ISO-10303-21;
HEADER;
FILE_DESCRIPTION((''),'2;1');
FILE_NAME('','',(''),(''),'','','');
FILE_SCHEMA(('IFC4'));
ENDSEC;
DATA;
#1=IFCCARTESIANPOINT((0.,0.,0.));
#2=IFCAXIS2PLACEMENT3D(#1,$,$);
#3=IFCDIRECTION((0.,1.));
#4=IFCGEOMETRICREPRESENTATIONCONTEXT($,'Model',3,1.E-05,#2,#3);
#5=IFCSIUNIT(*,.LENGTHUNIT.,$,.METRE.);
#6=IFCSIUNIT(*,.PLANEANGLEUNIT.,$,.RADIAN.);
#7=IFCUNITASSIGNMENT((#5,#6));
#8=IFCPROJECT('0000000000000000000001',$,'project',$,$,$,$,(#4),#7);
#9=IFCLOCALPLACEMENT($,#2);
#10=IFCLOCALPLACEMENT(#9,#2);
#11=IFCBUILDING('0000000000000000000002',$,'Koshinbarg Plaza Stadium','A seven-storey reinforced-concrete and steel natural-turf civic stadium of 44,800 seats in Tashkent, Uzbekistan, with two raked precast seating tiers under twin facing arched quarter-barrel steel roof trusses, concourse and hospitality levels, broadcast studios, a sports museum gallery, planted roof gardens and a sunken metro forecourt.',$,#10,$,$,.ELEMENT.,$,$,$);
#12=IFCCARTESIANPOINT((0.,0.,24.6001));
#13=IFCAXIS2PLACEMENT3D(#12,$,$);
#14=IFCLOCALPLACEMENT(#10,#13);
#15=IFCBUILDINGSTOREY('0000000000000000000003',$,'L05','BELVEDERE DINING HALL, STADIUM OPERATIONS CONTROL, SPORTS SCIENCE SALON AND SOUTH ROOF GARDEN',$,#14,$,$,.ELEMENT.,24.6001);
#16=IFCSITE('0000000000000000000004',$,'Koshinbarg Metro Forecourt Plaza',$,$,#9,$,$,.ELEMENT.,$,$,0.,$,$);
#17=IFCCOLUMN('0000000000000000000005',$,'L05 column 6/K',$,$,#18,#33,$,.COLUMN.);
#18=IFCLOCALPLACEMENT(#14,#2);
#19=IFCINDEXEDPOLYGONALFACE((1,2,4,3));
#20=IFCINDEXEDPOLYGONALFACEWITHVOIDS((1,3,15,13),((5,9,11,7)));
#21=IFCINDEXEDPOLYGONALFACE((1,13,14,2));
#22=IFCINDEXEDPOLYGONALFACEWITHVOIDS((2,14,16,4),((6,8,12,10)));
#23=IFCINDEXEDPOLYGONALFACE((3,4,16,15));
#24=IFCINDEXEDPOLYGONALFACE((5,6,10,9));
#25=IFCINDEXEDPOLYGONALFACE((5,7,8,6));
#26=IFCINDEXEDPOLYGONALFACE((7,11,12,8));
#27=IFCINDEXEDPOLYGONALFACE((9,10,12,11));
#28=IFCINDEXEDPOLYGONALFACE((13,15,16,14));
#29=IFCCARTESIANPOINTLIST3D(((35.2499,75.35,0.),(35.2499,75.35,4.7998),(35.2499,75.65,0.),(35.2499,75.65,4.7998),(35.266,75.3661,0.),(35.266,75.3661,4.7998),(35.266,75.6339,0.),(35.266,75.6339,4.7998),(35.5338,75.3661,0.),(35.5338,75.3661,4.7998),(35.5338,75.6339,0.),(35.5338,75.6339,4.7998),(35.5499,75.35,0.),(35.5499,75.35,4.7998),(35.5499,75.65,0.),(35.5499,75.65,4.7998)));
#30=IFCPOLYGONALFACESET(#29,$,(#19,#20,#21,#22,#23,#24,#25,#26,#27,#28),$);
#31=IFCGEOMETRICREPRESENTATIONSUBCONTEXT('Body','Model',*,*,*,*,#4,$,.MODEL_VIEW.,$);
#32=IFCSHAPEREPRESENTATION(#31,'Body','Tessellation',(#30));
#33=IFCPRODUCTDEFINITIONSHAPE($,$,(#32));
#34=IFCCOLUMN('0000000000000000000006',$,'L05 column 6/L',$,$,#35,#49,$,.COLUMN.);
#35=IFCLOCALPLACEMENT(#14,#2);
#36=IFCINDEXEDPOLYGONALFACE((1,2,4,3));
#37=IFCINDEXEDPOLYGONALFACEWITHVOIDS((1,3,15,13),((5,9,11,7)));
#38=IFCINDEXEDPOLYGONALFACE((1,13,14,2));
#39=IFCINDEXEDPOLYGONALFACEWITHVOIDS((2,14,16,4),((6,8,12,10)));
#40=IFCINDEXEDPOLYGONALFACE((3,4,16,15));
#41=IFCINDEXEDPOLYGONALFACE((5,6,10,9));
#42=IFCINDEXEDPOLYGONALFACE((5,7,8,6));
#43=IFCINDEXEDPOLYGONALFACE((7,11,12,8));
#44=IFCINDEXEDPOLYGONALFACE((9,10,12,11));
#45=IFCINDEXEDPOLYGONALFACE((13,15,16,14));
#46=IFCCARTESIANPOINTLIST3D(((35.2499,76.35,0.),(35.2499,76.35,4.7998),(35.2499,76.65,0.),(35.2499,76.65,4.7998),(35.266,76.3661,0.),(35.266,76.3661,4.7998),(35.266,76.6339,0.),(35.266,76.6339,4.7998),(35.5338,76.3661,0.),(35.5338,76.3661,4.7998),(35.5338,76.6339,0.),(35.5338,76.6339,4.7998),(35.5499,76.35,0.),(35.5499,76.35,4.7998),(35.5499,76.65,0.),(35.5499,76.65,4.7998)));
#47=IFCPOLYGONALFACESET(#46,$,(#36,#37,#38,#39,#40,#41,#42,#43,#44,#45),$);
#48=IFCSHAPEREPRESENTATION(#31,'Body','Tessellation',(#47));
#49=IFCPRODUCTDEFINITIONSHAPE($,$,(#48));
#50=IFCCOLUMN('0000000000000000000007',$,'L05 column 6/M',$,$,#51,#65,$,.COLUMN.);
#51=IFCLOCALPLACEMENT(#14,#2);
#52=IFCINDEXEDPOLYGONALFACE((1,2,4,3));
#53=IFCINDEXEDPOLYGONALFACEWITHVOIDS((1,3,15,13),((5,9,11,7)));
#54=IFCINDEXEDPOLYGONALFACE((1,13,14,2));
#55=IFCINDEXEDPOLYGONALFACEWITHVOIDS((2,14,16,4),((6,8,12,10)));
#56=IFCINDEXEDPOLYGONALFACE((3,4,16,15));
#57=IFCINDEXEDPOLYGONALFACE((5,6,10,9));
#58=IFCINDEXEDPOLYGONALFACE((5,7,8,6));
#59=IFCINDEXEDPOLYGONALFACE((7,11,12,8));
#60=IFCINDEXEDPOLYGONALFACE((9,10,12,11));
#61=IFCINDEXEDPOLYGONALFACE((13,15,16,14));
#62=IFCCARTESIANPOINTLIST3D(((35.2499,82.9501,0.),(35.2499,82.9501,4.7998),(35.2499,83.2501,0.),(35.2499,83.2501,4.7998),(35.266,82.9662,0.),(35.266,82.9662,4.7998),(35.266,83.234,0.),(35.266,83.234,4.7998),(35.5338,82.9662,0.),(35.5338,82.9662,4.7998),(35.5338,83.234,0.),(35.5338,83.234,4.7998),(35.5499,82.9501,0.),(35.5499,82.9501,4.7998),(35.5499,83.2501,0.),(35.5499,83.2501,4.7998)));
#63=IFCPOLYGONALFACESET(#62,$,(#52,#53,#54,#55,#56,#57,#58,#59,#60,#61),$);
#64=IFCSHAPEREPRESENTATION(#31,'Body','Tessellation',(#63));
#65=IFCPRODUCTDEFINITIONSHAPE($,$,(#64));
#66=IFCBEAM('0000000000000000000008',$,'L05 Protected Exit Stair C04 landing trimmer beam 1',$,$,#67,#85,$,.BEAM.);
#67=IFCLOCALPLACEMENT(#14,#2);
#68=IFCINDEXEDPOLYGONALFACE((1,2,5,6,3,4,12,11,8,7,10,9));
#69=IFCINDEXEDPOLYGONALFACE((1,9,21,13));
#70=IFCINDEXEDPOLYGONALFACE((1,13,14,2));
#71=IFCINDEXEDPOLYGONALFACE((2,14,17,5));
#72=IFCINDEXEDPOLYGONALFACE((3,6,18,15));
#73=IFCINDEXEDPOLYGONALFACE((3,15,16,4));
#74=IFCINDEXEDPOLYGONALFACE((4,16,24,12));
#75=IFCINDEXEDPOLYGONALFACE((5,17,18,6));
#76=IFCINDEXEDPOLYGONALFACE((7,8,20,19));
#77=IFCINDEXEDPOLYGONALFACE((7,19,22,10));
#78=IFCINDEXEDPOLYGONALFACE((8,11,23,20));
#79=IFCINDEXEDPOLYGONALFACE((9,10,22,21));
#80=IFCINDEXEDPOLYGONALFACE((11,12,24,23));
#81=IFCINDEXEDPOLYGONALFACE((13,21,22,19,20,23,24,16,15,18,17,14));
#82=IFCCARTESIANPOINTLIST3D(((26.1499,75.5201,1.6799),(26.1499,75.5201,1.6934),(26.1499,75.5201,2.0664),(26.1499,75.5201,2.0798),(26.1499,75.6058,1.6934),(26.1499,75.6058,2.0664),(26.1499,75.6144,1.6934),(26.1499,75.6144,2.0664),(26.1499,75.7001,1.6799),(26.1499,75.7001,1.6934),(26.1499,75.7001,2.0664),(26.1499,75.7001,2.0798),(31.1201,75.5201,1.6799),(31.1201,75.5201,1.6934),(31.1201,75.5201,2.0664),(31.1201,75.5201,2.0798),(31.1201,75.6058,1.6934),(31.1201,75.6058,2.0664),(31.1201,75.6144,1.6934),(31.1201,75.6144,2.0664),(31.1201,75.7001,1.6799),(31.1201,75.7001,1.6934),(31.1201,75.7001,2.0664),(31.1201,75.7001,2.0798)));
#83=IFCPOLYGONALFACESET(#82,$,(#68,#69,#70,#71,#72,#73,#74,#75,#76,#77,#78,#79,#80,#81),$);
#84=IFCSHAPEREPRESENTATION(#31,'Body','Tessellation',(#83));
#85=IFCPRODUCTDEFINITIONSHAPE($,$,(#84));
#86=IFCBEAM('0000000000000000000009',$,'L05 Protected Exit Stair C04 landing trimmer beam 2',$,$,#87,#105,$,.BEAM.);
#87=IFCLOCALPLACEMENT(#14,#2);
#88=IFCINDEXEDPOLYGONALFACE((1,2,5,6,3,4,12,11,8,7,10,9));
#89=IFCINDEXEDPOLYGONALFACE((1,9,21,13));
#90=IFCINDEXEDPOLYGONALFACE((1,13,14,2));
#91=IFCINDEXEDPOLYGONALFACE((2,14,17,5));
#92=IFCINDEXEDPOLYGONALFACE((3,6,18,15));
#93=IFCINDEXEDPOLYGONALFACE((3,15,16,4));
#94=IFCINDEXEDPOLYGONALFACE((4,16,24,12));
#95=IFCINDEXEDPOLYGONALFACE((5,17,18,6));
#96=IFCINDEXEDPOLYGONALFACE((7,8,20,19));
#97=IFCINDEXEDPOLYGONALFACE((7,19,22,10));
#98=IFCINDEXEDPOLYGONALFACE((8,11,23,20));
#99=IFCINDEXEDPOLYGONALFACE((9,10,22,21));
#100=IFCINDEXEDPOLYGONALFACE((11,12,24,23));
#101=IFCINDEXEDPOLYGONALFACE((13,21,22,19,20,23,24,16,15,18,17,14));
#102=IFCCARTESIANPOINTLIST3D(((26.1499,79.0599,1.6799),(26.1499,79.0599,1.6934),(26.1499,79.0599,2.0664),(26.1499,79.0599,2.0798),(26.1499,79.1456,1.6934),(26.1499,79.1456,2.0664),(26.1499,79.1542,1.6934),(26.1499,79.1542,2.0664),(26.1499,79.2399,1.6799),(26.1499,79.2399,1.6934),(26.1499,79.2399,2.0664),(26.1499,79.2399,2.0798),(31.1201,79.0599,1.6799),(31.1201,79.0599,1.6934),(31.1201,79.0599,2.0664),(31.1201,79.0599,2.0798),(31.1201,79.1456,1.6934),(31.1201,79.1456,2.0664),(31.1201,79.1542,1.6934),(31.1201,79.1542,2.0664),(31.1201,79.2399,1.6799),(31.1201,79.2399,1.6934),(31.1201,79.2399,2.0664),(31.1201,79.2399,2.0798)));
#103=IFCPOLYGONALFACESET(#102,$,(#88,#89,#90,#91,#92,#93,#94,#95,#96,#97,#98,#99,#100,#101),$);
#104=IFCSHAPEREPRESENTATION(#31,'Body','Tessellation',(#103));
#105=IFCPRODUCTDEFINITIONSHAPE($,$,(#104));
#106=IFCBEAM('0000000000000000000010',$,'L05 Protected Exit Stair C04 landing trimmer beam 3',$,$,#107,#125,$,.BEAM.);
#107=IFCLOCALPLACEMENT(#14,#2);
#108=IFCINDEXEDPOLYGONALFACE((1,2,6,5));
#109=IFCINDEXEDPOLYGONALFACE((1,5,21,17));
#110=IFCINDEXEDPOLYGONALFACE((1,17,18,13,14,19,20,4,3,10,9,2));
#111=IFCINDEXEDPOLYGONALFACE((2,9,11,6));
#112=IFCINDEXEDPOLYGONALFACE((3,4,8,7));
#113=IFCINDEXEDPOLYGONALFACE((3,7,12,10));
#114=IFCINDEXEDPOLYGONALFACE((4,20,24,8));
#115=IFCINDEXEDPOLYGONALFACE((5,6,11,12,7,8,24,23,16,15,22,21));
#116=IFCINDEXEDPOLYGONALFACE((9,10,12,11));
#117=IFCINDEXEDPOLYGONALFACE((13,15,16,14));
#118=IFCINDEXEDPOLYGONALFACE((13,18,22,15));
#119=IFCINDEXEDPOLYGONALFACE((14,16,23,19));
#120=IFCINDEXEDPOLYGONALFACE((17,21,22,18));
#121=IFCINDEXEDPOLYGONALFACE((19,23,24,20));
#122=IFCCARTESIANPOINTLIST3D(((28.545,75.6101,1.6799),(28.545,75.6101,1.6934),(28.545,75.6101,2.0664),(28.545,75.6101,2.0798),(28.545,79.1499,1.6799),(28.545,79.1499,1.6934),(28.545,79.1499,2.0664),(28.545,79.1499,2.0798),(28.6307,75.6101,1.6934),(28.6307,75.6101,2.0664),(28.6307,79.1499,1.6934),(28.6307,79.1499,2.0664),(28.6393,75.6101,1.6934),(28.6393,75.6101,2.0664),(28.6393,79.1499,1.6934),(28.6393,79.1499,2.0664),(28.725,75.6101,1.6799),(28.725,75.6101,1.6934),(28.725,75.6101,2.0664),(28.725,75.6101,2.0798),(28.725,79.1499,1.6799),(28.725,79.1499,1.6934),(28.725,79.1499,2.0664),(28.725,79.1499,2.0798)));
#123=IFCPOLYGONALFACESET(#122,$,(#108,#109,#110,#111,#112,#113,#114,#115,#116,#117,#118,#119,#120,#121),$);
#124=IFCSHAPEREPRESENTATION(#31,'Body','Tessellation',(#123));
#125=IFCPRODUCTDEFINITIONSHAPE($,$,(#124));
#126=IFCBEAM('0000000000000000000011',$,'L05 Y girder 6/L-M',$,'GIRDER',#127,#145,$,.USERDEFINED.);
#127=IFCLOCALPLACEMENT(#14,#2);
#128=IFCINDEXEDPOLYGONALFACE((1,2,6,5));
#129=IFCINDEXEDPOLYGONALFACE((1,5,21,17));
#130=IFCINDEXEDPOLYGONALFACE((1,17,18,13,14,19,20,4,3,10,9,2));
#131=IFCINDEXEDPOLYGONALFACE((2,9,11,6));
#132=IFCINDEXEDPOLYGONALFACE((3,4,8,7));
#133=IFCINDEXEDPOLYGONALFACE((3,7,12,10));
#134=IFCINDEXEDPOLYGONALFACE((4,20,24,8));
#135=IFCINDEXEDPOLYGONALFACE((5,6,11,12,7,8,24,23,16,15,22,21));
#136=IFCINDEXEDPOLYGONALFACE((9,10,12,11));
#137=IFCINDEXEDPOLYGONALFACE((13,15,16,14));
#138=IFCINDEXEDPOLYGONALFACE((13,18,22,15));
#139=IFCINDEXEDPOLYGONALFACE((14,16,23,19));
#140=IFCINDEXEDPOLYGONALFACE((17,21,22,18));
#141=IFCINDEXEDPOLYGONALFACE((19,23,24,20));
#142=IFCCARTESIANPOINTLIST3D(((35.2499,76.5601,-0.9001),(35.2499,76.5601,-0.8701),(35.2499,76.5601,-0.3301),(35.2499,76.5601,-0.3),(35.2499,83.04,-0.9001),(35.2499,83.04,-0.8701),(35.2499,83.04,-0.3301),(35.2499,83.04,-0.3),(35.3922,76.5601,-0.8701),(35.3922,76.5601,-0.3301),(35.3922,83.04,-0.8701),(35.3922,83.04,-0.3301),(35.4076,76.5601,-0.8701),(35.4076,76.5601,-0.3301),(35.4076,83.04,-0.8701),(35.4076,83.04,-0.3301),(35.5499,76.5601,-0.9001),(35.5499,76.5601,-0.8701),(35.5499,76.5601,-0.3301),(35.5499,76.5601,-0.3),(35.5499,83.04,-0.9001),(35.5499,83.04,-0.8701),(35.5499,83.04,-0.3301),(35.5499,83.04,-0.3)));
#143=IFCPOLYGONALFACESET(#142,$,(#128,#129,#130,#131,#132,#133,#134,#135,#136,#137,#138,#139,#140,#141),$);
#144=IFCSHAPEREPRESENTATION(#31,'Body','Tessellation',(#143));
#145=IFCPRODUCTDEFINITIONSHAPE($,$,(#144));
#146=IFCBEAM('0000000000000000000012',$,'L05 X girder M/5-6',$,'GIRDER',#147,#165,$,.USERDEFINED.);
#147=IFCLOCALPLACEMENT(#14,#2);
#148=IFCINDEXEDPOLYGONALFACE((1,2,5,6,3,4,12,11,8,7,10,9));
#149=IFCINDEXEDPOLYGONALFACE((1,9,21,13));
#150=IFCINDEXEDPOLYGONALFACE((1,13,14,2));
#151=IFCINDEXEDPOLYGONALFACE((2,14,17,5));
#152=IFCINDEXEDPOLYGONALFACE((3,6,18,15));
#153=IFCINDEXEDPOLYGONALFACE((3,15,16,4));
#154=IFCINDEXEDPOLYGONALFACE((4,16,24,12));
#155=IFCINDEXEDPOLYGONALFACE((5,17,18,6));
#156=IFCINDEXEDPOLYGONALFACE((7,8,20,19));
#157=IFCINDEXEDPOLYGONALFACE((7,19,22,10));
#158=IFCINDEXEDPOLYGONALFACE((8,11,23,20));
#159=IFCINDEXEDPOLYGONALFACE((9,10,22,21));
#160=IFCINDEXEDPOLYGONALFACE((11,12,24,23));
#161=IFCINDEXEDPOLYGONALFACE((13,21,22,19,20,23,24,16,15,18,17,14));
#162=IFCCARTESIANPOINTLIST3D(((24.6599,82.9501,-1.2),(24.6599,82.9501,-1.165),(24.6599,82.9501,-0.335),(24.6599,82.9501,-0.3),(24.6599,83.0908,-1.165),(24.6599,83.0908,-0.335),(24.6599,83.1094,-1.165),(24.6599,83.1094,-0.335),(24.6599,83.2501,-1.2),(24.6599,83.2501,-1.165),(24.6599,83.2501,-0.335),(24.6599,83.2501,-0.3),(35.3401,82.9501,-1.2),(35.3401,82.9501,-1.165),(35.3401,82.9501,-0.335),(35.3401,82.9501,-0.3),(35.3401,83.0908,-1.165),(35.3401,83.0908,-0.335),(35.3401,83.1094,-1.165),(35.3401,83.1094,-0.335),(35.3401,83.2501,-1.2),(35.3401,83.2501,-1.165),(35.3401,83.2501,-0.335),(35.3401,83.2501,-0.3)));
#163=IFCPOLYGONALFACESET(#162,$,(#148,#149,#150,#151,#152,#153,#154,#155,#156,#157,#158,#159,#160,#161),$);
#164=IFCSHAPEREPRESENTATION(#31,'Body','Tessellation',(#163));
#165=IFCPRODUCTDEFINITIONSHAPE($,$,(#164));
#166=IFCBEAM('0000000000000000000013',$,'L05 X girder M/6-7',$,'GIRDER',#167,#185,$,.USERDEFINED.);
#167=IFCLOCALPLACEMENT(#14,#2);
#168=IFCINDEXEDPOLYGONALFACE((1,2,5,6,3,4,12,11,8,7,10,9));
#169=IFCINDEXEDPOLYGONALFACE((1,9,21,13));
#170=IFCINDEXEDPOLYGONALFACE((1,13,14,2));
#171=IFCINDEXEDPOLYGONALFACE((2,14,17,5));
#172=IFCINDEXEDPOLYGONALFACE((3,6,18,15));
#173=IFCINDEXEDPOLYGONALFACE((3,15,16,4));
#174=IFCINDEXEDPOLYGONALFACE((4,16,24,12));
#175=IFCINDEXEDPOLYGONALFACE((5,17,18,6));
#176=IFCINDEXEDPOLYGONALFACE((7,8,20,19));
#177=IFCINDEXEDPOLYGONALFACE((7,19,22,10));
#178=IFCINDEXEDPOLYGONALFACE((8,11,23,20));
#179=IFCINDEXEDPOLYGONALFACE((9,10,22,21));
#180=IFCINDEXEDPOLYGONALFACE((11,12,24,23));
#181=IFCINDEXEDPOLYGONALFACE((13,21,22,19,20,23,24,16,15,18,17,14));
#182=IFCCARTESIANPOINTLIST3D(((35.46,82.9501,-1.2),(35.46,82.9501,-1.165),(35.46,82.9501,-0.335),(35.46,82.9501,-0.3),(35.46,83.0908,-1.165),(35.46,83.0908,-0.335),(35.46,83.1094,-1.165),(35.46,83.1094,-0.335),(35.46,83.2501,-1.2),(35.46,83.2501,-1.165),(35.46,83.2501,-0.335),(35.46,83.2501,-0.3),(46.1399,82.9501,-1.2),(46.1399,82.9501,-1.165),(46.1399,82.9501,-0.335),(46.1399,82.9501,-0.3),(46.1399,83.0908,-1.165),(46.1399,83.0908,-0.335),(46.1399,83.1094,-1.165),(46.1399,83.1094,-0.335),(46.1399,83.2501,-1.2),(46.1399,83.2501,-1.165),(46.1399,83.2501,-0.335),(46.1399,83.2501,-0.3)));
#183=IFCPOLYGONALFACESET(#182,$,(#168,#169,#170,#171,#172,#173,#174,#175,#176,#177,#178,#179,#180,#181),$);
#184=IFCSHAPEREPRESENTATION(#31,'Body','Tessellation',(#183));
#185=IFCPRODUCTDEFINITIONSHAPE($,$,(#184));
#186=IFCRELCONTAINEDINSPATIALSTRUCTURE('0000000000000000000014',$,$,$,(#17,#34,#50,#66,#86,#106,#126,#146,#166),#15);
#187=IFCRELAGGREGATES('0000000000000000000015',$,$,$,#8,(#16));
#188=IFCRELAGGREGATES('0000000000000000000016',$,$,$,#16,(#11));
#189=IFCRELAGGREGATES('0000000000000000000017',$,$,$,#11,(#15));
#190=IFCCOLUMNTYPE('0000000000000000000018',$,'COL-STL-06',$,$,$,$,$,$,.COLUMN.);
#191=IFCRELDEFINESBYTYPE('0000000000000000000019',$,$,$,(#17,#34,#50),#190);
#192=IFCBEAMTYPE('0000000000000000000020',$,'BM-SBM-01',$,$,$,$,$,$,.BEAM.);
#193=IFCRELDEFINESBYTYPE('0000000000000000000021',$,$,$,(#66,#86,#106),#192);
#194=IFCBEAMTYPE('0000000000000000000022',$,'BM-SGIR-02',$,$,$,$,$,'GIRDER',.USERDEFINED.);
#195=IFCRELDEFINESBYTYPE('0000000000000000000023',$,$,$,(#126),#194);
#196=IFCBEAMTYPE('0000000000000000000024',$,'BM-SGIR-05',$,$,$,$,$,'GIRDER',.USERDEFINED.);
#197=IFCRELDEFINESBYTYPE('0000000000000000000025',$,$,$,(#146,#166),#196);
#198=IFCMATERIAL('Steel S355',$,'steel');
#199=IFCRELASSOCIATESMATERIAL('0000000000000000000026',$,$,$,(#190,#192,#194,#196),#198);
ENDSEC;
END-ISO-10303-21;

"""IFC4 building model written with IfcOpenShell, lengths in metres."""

from ifc_helpers import new_model, si_unit, direction, frame, origin, origin_2d, place, context, subcontext, project, spatial, hollow_rectangle, i_section, extrude, material, material_profile, profile_set, type_object, element, save


model = new_model("IFC4")

# Units and contexts
model_context = context("Model", 3, precision=1e-05, world=origin(), true_north=direction((0.0, 1.0)))
body_context = subcontext(model_context, "Body", "Model", "MODEL_VIEW")
ifc_project = project(units=[si_unit("LENGTHUNIT", "METRE"), si_unit("PLANEANGLEUNIT", "RADIAN")], contexts=[model_context])

# Site, building, storey
site_placement = place(None, origin())
site = spatial("IfcSite", under=ifc_project, at=site_placement, Name="Koshinbarg Metro Forecourt Plaza", CompositionType="ELEMENT", RefElevation=0.0)
building_placement = place(site_placement, origin())
building = spatial("IfcBuilding", under=site, at=building_placement, Name="Koshinbarg Plaza Stadium", Description="A seven-storey reinforced-concrete and steel natural-turf civic stadium of 44,800 seats in Tashkent, Uzbekistan, with two raked precast seating tiers under twin facing arched quarter-barrel steel roof trusses, concourse and hospitality levels, broadcast studios, a sports museum gallery, planted roof gardens and a sunken metro forecourt.", CompositionType="ELEMENT")
storey_placement = place(building_placement, frame((0.0, 0.0, 24.6001)))
storey = spatial("IfcBuildingStorey", under=building, at=storey_placement, Name="L05", Description="BELVEDERE DINING HALL, STADIUM OPERATIONS CONTROL, SPORTS SCIENCE SALON AND SOUTH ROOF GARDEN", CompositionType="ELEMENT", Elevation=24.6001)

# Columns
ifc_material_1 = material(Name="Steel S355", Category="steel")
ifc_material_profile_1 = material_profile(ifc_material_1, hollow_rectangle(XDim=0.3, YDim=0.3, WallThickness=0.0161, at=origin_2d()), Name="SHS 300x300x16")
ifc_profile_set_1 = profile_set([ifc_material_profile_1], Name="Steel S355")
column_type = type_object("IfcColumnType", Name="COL-STL-06", PredefinedType="COLUMN", material=ifc_profile_set_1)
for number, where, z_axis, x_axis, name in (
    (1, (35.3999, 75.5, 0.0), (0.0, 0.0, 1.0), (1.0, 0.0, 0.0), "L05 column 6/K"),
    (2, (35.3999, 76.5, 0.0), (0.0, 0.0, 1.0), (1.0, 0.0, 0.0), "L05 column 6/L"),
    (3, (35.3999, 83.1001, 0.0), (0.0, 0.0, 1.0), (1.0, 0.0, 0.0), "L05 column 6/M"),
):
    element("IfcColumn", number, at=place(storey_placement, frame(where, z_axis=z_axis, x_axis=x_axis)), inside=storey, type_object=column_type, Name=name, PredefinedType="COLUMN", context=body_context, shape_type="SweptSolid", body=[
        extrude(hollow_rectangle(XDim=0.3, YDim=0.3, WallThickness=0.0161, at=origin_2d()), origin(), (0.0, 0.0, 1.0), 4.7998),
    ])

# Beams
ifc_material_profile_2 = material_profile(ifc_material_1, i_section(OverallWidth=0.1799, OverallDepth=0.3999, WebThickness=0.0085, FlangeThickness=0.0134, at=origin_2d()), Name="IPE 400")
ifc_profile_set_2 = profile_set([ifc_material_profile_2], Name="Steel S355")
beam_type_1 = type_object("IfcBeamType", Name="BM-SBM-01", PredefinedType="BEAM", material=ifc_profile_set_2)
for number, where, z_axis, x_axis, name in (
    (4, (26.1499, 75.6101, 1.8799), (1.0, 0.0, 0.0), (0.0, 1.0, 0.0), "L05 Protected Exit Stair C04 landing trimmer beam 1"),
    (5, (26.1499, 79.1499, 1.8799), (1.0, 0.0, 0.0), (0.0, 1.0, 0.0), "L05 Protected Exit Stair C04 landing trimmer beam 2"),
):
    element("IfcBeam", number, at=place(storey_placement, frame(where, z_axis=z_axis, x_axis=x_axis)), inside=storey, type_object=beam_type_1, Name=name, PredefinedType="BEAM", context=body_context, shape_type="SweptSolid", body=[
        extrude(i_section(OverallWidth=0.1799, OverallDepth=0.3999, WebThickness=0.0085, FlangeThickness=0.0134, at=origin_2d()), origin(), (0.0, 0.0, 1.0), 4.9702),
    ])
beam_1_placement = place(storey_placement, frame((28.635, 75.6101, 1.8799), z_axis=(0.0, 1.0, 0.0), x_axis=(-1.0, 0.0, 0.0)))
element("IfcBeam", 6, at=beam_1_placement, inside=storey, type_object=beam_type_1, Name="L05 Protected Exit Stair C04 landing trimmer beam 3", PredefinedType="BEAM", context=body_context, shape_type="SweptSolid", body=[
    extrude(i_section(OverallWidth=0.1799, OverallDepth=0.3999, WebThickness=0.0085, FlangeThickness=0.0134, at=origin_2d()), origin(), (0.0, 0.0, 1.0), 3.5398),
])
ifc_material_profile_3 = material_profile(ifc_material_1, i_section(OverallWidth=0.3, OverallDepth=0.6001, WebThickness=0.0154, FlangeThickness=0.03, at=origin_2d()), Name="HEB 600")
ifc_profile_set_3 = profile_set([ifc_material_profile_3], Name="Steel S355")
beam_type_2 = type_object("IfcBeamType", Name="BM-SGIR-02", ElementType="GIRDER", PredefinedType="USERDEFINED", material=ifc_profile_set_3)
beam_2_placement = place(storey_placement, frame((35.3999, 76.5601, -0.6001), z_axis=(0.0, 1.0, 0.0), x_axis=(-1.0, 0.0, 0.0)))
element("IfcBeam", 7, at=beam_2_placement, inside=storey, type_object=beam_type_2, Name="L05 Y girder 6/L-M", ObjectType="GIRDER", PredefinedType="USERDEFINED", context=body_context, shape_type="SweptSolid", body=[
    extrude(i_section(OverallWidth=0.3, OverallDepth=0.6001, WebThickness=0.0154, FlangeThickness=0.03, at=origin_2d()), origin(), (0.0, 0.0, 1.0), 6.48),
])
ifc_material_profile_4 = material_profile(ifc_material_1, i_section(OverallWidth=0.3, OverallDepth=0.8999, WebThickness=0.0186, FlangeThickness=0.0349, at=origin_2d()), Name="HEB 900")
ifc_profile_set_4 = profile_set([ifc_material_profile_4], Name="Steel S355")
beam_type_3 = type_object("IfcBeamType", Name="BM-SGIR-05", ElementType="GIRDER", PredefinedType="USERDEFINED", material=ifc_profile_set_4)
beam_3_placement = place(storey_placement, frame((24.6599, 83.1001, -0.75), z_axis=(1.0, 0.0, 0.0), x_axis=(0.0, 1.0, 0.0)))
element("IfcBeam", 8, at=beam_3_placement, inside=storey, type_object=beam_type_3, Name="L05 X girder M/5-6", ObjectType="GIRDER", PredefinedType="USERDEFINED", context=body_context, shape_type="SweptSolid", body=[
    extrude(i_section(OverallWidth=0.3, OverallDepth=0.8999, WebThickness=0.0186, FlangeThickness=0.0349, at=origin_2d()), origin(), (0.0, 0.0, 1.0), 10.6802),
])
beam_4_placement = place(storey_placement, frame((35.46, 83.1001, -0.75), z_axis=(1.0, 0.0, 0.0), x_axis=(0.0, 1.0, 0.0)))
element("IfcBeam", 9, at=beam_4_placement, inside=storey, type_object=beam_type_3, Name="L05 X girder M/6-7", ObjectType="GIRDER", PredefinedType="USERDEFINED", context=body_context, shape_type="SweptSolid", body=[
    extrude(i_section(OverallWidth=0.3, OverallDepth=0.8999, WebThickness=0.0186, FlangeThickness=0.0349, at=origin_2d()), origin(), (0.0, 0.0, 1.0), 10.6799),
])

save(model, "model.ifc")
